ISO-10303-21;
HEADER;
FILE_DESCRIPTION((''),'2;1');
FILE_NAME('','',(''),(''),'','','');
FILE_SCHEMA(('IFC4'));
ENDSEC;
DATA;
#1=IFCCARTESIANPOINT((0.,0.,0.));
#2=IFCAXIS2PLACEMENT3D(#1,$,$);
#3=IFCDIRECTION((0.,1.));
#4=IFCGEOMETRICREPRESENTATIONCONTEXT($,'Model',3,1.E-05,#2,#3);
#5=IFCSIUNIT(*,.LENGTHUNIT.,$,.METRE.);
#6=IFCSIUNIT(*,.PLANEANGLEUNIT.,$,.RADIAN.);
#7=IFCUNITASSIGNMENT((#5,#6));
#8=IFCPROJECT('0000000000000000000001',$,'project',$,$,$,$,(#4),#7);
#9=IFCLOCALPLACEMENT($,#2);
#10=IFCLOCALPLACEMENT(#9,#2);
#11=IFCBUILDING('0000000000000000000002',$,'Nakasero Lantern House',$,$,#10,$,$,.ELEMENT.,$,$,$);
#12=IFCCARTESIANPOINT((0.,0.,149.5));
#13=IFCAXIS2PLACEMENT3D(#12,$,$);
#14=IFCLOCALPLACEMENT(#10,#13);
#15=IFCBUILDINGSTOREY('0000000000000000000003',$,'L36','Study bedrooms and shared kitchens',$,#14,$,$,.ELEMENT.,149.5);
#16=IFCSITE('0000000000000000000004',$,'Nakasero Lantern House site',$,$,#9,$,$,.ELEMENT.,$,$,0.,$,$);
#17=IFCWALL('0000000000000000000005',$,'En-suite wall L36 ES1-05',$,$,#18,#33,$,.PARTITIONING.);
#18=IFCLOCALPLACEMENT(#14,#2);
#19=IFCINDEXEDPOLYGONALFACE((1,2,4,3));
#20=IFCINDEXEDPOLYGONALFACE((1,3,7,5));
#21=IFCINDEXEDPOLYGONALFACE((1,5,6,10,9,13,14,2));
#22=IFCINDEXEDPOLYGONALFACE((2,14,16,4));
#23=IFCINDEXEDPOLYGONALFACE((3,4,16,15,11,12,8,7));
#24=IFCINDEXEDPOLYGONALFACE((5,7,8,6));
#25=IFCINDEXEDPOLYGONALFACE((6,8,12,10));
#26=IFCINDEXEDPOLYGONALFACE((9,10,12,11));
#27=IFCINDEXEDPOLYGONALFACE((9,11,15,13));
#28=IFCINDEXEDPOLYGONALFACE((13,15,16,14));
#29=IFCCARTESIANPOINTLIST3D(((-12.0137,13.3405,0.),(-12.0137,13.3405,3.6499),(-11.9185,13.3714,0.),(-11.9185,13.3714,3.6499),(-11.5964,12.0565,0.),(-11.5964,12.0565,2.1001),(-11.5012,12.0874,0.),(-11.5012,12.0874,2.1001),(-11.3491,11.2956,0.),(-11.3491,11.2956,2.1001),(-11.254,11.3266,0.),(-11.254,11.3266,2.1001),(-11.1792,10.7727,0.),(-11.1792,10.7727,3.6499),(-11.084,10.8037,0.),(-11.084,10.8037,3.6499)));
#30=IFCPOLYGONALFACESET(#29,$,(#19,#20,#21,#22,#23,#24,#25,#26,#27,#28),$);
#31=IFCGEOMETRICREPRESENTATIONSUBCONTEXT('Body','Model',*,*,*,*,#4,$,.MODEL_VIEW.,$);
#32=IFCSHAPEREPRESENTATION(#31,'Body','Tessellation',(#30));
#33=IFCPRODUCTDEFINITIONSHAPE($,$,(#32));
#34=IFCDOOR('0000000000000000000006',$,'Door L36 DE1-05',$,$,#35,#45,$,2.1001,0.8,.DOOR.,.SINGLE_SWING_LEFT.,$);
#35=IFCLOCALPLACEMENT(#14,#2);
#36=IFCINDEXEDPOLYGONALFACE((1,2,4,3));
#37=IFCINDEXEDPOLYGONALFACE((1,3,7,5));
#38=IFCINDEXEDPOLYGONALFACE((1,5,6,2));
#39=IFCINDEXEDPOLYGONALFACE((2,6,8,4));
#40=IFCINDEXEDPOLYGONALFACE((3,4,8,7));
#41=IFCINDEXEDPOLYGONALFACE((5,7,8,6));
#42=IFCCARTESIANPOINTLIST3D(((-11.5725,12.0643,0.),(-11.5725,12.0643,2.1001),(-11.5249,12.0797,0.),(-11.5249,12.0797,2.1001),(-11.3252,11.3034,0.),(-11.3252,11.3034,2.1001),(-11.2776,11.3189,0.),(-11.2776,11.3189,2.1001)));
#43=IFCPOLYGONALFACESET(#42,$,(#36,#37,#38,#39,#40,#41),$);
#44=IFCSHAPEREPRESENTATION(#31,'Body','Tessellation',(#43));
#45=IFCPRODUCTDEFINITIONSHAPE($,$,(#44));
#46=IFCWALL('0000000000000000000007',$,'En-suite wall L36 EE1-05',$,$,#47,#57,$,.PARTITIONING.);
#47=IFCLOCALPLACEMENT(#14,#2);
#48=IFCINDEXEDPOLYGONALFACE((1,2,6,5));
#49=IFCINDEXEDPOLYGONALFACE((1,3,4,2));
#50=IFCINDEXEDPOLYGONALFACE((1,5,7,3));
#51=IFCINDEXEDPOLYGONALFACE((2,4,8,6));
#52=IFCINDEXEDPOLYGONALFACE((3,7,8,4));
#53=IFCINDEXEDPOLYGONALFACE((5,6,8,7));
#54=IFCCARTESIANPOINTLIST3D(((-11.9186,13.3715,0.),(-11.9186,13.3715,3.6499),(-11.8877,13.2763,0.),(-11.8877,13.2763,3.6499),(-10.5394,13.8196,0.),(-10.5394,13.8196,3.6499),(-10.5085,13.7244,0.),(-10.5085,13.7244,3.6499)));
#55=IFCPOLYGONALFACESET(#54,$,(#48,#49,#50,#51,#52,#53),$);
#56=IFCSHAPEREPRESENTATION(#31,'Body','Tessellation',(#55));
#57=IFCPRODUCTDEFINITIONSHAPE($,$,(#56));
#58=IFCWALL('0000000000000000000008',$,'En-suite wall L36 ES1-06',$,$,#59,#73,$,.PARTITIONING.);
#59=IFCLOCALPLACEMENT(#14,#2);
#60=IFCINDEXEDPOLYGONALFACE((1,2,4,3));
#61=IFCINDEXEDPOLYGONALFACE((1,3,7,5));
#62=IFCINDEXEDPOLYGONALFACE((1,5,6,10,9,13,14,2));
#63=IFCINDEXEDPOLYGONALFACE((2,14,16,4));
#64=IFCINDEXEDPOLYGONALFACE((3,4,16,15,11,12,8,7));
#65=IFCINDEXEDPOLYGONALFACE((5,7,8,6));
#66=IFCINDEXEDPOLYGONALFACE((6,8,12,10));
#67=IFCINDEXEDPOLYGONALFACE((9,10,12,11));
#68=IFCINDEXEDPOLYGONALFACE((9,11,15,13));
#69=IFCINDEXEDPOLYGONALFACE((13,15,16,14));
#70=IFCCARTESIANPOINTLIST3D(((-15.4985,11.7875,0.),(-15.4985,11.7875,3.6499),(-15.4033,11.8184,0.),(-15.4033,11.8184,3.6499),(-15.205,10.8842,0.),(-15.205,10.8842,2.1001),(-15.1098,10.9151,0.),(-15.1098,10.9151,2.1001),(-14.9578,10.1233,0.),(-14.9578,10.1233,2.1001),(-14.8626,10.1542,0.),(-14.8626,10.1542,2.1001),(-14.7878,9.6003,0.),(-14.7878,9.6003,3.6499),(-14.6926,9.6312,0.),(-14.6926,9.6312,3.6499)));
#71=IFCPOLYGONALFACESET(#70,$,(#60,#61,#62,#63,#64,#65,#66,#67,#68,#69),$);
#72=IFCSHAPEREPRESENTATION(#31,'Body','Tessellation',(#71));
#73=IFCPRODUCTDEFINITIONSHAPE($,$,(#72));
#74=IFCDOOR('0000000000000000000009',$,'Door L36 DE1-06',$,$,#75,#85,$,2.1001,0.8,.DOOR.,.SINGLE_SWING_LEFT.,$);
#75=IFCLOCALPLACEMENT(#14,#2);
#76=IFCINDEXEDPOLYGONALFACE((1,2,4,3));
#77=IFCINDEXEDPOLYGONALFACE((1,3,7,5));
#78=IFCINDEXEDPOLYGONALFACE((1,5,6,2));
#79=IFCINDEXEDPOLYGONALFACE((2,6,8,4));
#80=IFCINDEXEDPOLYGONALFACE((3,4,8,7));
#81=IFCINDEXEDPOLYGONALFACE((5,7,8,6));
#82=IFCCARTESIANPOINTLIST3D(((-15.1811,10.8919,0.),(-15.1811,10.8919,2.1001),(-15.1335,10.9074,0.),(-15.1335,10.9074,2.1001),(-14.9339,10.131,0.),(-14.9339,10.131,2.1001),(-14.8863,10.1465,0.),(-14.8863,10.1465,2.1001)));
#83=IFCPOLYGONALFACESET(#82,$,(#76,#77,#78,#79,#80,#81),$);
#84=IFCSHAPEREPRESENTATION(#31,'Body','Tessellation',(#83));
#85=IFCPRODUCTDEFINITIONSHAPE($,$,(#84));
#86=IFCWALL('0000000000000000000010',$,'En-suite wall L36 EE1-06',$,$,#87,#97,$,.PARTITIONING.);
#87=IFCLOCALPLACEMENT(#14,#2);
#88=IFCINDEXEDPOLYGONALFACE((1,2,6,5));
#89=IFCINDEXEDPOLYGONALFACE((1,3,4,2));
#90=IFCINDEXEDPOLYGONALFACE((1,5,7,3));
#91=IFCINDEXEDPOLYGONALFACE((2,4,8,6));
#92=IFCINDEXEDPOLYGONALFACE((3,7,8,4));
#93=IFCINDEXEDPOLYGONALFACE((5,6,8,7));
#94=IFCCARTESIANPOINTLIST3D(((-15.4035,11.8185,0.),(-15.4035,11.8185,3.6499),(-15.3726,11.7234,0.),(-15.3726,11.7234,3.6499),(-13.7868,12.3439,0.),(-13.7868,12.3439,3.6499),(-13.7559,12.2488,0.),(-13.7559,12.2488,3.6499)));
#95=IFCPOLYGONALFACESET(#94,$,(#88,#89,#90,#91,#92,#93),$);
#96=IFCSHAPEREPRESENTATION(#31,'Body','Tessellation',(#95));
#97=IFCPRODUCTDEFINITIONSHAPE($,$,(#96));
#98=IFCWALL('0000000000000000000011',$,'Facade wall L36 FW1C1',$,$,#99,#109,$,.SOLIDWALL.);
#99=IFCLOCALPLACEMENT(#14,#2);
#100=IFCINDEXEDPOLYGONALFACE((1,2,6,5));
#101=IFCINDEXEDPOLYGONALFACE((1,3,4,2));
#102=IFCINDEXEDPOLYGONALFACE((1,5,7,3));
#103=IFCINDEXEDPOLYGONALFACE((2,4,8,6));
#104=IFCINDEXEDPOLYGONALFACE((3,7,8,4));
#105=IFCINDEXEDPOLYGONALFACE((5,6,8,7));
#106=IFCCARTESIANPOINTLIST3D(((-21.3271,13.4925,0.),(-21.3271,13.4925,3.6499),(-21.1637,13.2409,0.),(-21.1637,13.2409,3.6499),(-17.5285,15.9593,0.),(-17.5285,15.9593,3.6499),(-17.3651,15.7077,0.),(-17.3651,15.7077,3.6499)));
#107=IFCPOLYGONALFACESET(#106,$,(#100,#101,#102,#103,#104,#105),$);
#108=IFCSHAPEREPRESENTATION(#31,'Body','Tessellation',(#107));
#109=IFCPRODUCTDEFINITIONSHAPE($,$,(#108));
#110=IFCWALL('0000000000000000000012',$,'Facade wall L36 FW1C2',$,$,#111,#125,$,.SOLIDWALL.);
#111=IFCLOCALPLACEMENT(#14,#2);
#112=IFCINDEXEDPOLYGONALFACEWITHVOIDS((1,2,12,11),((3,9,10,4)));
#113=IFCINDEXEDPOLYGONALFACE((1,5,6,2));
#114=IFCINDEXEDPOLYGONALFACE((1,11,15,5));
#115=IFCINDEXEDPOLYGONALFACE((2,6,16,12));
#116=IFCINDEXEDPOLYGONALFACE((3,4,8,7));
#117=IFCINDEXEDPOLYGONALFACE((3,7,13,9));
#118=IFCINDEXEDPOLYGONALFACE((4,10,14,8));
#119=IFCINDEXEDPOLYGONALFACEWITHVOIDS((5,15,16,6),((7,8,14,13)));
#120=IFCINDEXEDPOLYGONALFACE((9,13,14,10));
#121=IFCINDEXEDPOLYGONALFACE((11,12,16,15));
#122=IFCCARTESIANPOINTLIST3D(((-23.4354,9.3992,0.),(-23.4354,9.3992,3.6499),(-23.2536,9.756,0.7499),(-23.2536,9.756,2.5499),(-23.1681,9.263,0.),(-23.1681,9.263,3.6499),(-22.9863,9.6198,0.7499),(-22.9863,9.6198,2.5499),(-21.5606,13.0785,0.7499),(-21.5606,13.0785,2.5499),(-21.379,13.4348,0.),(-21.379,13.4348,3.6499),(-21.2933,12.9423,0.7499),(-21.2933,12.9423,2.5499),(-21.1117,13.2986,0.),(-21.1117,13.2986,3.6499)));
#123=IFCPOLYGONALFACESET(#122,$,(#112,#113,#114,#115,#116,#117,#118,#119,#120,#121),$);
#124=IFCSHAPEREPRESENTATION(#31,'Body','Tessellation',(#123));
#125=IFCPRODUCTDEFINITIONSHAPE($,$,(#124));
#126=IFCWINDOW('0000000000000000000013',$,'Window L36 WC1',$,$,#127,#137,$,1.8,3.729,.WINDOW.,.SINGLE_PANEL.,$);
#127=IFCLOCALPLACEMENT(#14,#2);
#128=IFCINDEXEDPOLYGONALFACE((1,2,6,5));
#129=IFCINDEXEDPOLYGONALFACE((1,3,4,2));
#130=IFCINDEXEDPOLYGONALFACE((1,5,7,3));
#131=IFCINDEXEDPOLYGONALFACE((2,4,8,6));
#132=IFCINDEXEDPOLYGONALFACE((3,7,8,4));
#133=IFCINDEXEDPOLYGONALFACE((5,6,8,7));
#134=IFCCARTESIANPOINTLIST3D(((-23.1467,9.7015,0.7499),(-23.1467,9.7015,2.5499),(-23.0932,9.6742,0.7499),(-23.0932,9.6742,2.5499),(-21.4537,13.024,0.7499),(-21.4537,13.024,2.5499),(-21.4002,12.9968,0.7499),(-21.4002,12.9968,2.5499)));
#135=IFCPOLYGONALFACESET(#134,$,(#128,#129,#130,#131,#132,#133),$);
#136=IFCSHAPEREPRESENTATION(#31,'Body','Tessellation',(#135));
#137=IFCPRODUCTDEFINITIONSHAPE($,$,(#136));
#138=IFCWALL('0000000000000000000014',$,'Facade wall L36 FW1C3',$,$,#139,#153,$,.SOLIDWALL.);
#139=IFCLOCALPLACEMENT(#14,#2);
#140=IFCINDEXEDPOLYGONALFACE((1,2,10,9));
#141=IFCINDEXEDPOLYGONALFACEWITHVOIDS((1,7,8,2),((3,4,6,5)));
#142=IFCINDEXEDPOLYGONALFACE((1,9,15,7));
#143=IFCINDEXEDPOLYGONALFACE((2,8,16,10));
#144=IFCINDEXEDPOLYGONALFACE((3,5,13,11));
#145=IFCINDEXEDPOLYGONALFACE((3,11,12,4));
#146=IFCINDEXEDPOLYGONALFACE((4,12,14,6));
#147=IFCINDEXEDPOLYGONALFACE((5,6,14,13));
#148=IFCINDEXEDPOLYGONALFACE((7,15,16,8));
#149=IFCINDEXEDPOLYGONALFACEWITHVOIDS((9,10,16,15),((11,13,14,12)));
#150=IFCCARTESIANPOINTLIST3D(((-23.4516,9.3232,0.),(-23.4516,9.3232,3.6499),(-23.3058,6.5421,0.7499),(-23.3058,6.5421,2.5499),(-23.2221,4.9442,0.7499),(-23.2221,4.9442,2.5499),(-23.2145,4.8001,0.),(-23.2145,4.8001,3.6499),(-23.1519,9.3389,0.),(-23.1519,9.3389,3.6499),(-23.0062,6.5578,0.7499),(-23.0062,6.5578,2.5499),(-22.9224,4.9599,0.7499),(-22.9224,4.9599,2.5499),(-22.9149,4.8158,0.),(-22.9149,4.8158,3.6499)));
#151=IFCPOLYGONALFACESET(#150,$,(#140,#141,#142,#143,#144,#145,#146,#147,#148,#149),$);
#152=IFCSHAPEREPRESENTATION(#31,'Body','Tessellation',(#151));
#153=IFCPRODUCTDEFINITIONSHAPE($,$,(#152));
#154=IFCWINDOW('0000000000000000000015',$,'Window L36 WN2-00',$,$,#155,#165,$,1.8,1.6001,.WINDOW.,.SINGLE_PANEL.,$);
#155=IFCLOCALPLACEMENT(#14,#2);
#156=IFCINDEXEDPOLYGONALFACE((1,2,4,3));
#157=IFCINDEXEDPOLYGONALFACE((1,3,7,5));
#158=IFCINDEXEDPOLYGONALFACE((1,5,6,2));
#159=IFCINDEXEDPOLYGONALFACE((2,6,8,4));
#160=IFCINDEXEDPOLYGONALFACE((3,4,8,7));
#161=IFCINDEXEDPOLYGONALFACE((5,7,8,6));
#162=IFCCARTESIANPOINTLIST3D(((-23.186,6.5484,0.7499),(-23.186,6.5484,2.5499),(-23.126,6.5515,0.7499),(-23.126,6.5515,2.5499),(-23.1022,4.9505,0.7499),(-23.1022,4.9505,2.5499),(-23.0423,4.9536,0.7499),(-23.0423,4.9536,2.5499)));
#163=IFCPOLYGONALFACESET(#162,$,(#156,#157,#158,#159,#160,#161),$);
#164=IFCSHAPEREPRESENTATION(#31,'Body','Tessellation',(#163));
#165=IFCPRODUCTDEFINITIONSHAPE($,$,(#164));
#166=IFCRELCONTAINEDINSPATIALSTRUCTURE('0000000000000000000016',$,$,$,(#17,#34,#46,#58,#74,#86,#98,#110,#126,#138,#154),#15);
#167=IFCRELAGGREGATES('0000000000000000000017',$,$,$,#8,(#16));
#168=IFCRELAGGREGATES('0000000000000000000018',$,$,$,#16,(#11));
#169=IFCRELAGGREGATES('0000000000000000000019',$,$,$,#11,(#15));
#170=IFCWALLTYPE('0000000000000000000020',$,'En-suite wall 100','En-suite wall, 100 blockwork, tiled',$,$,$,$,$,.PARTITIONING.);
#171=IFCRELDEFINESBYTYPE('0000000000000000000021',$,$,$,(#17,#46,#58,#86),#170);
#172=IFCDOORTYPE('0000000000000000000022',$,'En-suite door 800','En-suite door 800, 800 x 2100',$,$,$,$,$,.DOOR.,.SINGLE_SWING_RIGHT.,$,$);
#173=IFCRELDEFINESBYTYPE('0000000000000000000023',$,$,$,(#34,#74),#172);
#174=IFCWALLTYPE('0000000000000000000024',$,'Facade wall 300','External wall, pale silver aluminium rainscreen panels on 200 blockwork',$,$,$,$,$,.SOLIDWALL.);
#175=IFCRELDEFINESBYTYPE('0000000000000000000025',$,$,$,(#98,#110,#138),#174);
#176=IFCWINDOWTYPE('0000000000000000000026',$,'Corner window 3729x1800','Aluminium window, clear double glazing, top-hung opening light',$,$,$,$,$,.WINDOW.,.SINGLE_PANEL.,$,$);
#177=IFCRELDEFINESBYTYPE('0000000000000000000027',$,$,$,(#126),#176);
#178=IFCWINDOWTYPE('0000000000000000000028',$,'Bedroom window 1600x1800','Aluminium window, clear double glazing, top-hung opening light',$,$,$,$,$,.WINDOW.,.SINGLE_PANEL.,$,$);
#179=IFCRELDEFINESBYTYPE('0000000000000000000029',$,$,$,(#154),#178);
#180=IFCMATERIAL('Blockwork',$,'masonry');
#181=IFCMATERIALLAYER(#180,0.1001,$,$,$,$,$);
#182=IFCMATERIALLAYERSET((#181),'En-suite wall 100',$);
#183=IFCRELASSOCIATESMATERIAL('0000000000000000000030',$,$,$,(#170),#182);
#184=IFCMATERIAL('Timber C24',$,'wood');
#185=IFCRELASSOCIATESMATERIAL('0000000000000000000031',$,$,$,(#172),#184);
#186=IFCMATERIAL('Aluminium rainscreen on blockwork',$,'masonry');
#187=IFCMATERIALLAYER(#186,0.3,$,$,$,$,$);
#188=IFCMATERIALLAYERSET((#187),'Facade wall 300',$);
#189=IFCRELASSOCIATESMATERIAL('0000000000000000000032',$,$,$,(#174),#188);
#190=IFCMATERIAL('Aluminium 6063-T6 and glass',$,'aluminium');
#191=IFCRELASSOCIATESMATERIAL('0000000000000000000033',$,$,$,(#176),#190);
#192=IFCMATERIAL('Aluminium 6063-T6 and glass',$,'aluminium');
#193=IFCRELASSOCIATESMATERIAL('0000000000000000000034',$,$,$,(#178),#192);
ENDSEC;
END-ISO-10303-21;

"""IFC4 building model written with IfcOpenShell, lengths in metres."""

from ifc_helpers import new_model, si_unit, direction, frame, frame_2d, origin, place, context, subcontext, project, spatial, rectangle, extrude, material, layer, layer_set, type_object, element, fill, save


model = new_model("IFC4")

# Units and contexts
model_context = context("Model", 3, precision=1e-05, world=origin(), true_north=direction((0.0, 1.0)))
body_context = subcontext(model_context, "Body", "Model", "MODEL_VIEW")
ifc_project = project(units=[si_unit("LENGTHUNIT", "METRE"), si_unit("PLANEANGLEUNIT", "RADIAN")], contexts=[model_context])

# Site, building, storey
site_placement = place(None, origin())
site = spatial("IfcSite", under=ifc_project, at=site_placement, Name="Nakasero Lantern House site", CompositionType="ELEMENT", RefElevation=0.0)
building_placement = place(site_placement, origin())
building = spatial("IfcBuilding", under=site, at=building_placement, Name="Nakasero Lantern House", CompositionType="ELEMENT")
storey_placement = place(building_placement, frame((0.0, 0.0, 149.5)))
storey = spatial("IfcBuildingStorey", under=building, at=storey_placement, Name="L36", Description="Study bedrooms and shared kitchens", CompositionType="ELEMENT", Elevation=149.5)

# Wall, opening, door
ifc_material_1 = material(Name="Blockwork", Category="masonry")
ifc_layer_1 = layer(ifc_material_1, 0.1001)
ifc_layer_set_1 = layer_set([ifc_layer_1], Name="En-suite wall 100")
wall_type_1 = type_object("IfcWallType", Name="En-suite wall 100", Description="En-suite wall, 100 blockwork, tiled", PredefinedType="PARTITIONING", material=ifc_layer_set_1)
wall_1_placement = place(storey_placement, frame((-11.1316, 10.7881, 0.0), z_axis=(0.0, 0.0, 1.0), x_axis=(-0.309057, 0.951043, 0.0)))
wall_1 = element("IfcWall", 1, at=wall_1_placement, inside=storey, type_object=wall_type_1, Name="En-suite wall L36 ES1-05", PredefinedType="PARTITIONING", context=body_context, shape_type="SweptSolid", body=[
    extrude(rectangle(XDim=2.7, YDim=0.1001, at=frame_2d((1.3501, 0.0))), origin(), (0.0, 0.0, 1.0), 3.6499),
])
opening_1_placement = place(wall_1_placement, frame((0.55, 0.0, 0.0)))
opening_1 = element("IfcOpeningElement", 2, at=opening_1_placement, cuts=wall_1, PredefinedType="OPENING", context=body_context, shape_type="SweptSolid", body=[
    extrude(rectangle(XDim=0.8, YDim=2.1001, at=frame_2d((0.3999, 1.05))), frame((0.0, 0.0701, 0.0), z_axis=(0.0, -1.0, 0.0), x_axis=(1.0, 0.0, 0.0)), (0.0, 0.0, 1.0), 0.1401),
])
ifc_material_2 = material(Name="Timber C24", Category="wood")
door_type = type_object("IfcDoorType", Name="En-suite door 800", Description="En-suite door 800, 800 x 2100", OperationType="SINGLE_SWING_RIGHT", PredefinedType="DOOR", material=ifc_material_2)
door_1_placement = place(opening_1_placement, origin())
door_1 = element("IfcDoor", 3, at=door_1_placement, inside=storey, type_object=door_type, Name="Door L36 DE1-05", OperationType="SINGLE_SWING_LEFT", OverallHeight=2.1001, OverallWidth=0.8, PredefinedType="DOOR", context=body_context, shape_type="SweptSolid", body=[
    extrude(rectangle(XDim=0.8, YDim=2.1001, at=frame_2d((0.3999, 1.05))), frame((0.0, 0.0249, 0.0), z_axis=(0.0, -1.0, 0.0), x_axis=(1.0, 0.0, 0.0)), (0.0, 0.0, 1.0), 0.05),
])
fill(opening_1, door_1)

# Wall
wall_2_placement = place(storey_placement, frame((-10.5239, 13.772, 0.0), z_axis=(0.0, 0.0, 1.0), x_axis=(-0.95108, -0.308945, 0.0)))
element("IfcWall", 4, at=wall_2_placement, inside=storey, type_object=wall_type_1, Name="En-suite wall L36 EE1-05", PredefinedType="PARTITIONING", context=body_context, shape_type="SweptSolid", body=[
    extrude(rectangle(XDim=1.4502, YDim=0.1001, at=frame_2d((0.7251, 0.0))), origin(), (0.0, 0.0, 1.0), 3.6499),
])

# Wall, opening, door
wall_3_placement = place(storey_placement, frame((-14.7402, 9.6157, 0.0), z_axis=(0.0, 0.0, 1.0), x_axis=(-0.309021, 0.951055, 0.0)))
wall_3 = element("IfcWall", 5, at=wall_3_placement, inside=storey, type_object=wall_type_1, Name="En-suite wall L36 ES1-06", PredefinedType="PARTITIONING", context=body_context, shape_type="SweptSolid", body=[
    extrude(rectangle(XDim=2.2998, YDim=0.1001, at=frame_2d((1.1499, 0.0))), origin(), (0.0, 0.0, 1.0), 3.6499),
])
opening_2_placement = place(wall_3_placement, frame((0.55, 0.0, 0.0)))
opening_2 = element("IfcOpeningElement", 6, at=opening_2_placement, cuts=wall_3, PredefinedType="OPENING", context=body_context, shape_type="SweptSolid", body=[
    extrude(rectangle(XDim=0.8, YDim=2.1001, at=frame_2d((0.3999, 1.05))), frame((0.0, 0.0701, 0.0), z_axis=(0.0, -1.0, 0.0), x_axis=(1.0, 0.0, 0.0)), (0.0, 0.0, 1.0), 0.1401),
])
door_2_placement = place(opening_2_placement, origin())
door_2 = element("IfcDoor", 7, at=door_2_placement, inside=storey, type_object=door_type, Name="Door L36 DE1-06", OperationType="SINGLE_SWING_LEFT", OverallHeight=2.1001, OverallWidth=0.8, PredefinedType="DOOR", context=body_context, shape_type="SweptSolid", body=[
    extrude(rectangle(XDim=0.8, YDim=2.1001, at=frame_2d((0.3999, 1.05))), frame((0.0, 0.0249, 0.0), z_axis=(0.0, -1.0, 0.0), x_axis=(1.0, 0.0, 0.0)), (0.0, 0.0, 1.0), 0.05),
])
fill(opening_2, door_2)

# Walls
wall_4_placement = place(storey_placement, frame((-13.7712, 12.2964, 0.0), z_axis=(0.0, 0.0, 1.0), x_axis=(-0.95104, -0.309067, 0.0)))
element("IfcWall", 8, at=wall_4_placement, inside=storey, type_object=wall_type_1, Name="En-suite wall L36 EE1-06", PredefinedType="PARTITIONING", context=body_context, shape_type="SweptSolid", body=[
    extrude(rectangle(XDim=1.7, YDim=0.1001, at=frame_2d((0.8501, 0.0))), origin(), (0.0, 0.0, 1.0), 3.6499),
])
ifc_material_3 = material(Name="Aluminium rainscreen on blockwork", Category="masonry")
ifc_layer_2 = layer(ifc_material_3, 0.3)
ifc_layer_set_2 = layer_set([ifc_layer_2], Name="Facade wall 300")
wall_type_2 = type_object("IfcWallType", Name="Facade wall 300", Description="External wall, pale silver aluminium rainscreen panels on 200 blockwork", PredefinedType="SOLIDWALL", material=ifc_layer_set_2)
wall_5_placement = place(storey_placement, frame((-17.4468, 15.8335, 0.0), z_axis=(0.0, 0.0, 1.0), x_axis=(-0.838674, -0.544634, 0.0)))
element("IfcWall", 9, at=wall_5_placement, inside=storey, type_object=wall_type_2, Name="Facade wall L36 FW1C1", PredefinedType="SOLIDWALL", context=body_context, shape_type="SweptSolid", body=[
    extrude(rectangle(XDim=4.5293, YDim=0.3, at=frame_2d((2.2646, 0.0))), origin(), (0.0, 0.0, 1.0), 3.6499),
])

# Walls, openings, windows
wall_6_placement = place(storey_placement, frame((-21.2454, 13.3667, 0.0), z_axis=(0.0, 0.0, 1.0), x_axis=(-0.454014, -0.890995, 0.0)))
wall_6 = element("IfcWall", 10, at=wall_6_placement, inside=storey, type_object=wall_type_2, Name="Facade wall L36 FW1C2", PredefinedType="SOLIDWALL", context=body_context, shape_type="SweptSolid", body=[
    extrude(rectangle(XDim=4.5293, YDim=0.3, at=frame_2d((2.2646, 0.0))), origin(), (0.0, 0.0, 1.0), 3.6499),
])
opening_3_placement = place(wall_6_placement, frame((0.3999, 0.0, 0.75)))
opening_3 = element("IfcOpeningElement", 11, at=opening_3_placement, cuts=wall_6, PredefinedType="OPENING", context=body_context, shape_type="SweptSolid", body=[
    extrude(rectangle(XDim=3.729, YDim=1.8, at=frame_2d((1.8645, 0.8999))), frame((0.0, 0.1699, 0.0), z_axis=(0.0, -1.0, 0.0), x_axis=(1.0, 0.0, 0.0)), (0.0, 0.0, 1.0), 0.3401),
])
ifc_material_4 = material(Name="Aluminium 6063-T6 and glass", Category="aluminium")
window_type_1 = type_object("IfcWindowType", Name="Corner window 3729x1800", Description="Aluminium window, clear double glazing, top-hung opening light", PartitioningType="SINGLE_PANEL", PredefinedType="WINDOW", material=ifc_material_4)
window_1_placement = place(opening_3_placement, origin())
window_1 = element("IfcWindow", 12, at=window_1_placement, inside=storey, type_object=window_type_1, Name="Window L36 WC1", OverallHeight=1.8, OverallWidth=3.729, PartitioningType="SINGLE_PANEL", PredefinedType="WINDOW", context=body_context, shape_type="SweptSolid", body=[
    extrude(rectangle(XDim=3.729, YDim=1.8, at=frame_2d((1.8645, 0.8999))), frame((0.0, 0.03, 0.0), z_axis=(0.0, -1.0, 0.0), x_axis=(1.0, 0.0, 0.0)), (0.0, 0.0, 1.0), 0.0601),
])
fill(opening_3, window_1)
wall_7_placement = place(storey_placement, frame((-23.3018, 9.3311, 0.0), z_axis=(0.0, 0.0, 1.0), x_axis=(0.052338, -0.998629, 0.0)))
wall_7 = element("IfcWall", 13, at=wall_7_placement, inside=storey, type_object=wall_type_2, Name="Facade wall L36 FW1C3", PredefinedType="SOLIDWALL", context=body_context, shape_type="SweptSolid", body=[
    extrude(rectangle(XDim=4.5293, YDim=0.3, at=frame_2d((2.2646, 0.0))), origin(), (0.0, 0.0, 1.0), 3.6499),
])
opening_4_placement = place(wall_7_placement, frame((2.7849, 0.0, 0.75)))
opening_4 = element("IfcOpeningElement", 14, at=opening_4_placement, cuts=wall_7, PredefinedType="OPENING", context=body_context, shape_type="SweptSolid", body=[
    extrude(rectangle(XDim=1.6001, YDim=1.8, at=frame_2d((0.8, 0.8999))), frame((0.0, 0.1699, 0.0), z_axis=(0.0, -1.0, 0.0), x_axis=(1.0, 0.0, 0.0)), (0.0, 0.0, 1.0), 0.3401),
])
ifc_material_5 = material(Name="Aluminium 6063-T6 and glass", Category="aluminium")
window_type_2 = type_object("IfcWindowType", Name="Bedroom window 1600x1800", Description="Aluminium window, clear double glazing, top-hung opening light", PartitioningType="SINGLE_PANEL", PredefinedType="WINDOW", material=ifc_material_5)
window_2_placement = place(opening_4_placement, origin())
window_2 = element("IfcWindow", 15, at=window_2_placement, inside=storey, type_object=window_type_2, Name="Window L36 WN2-00", OverallHeight=1.8, OverallWidth=1.6001, PartitioningType="SINGLE_PANEL", PredefinedType="WINDOW", context=body_context, shape_type="SweptSolid", body=[
    extrude(rectangle(XDim=1.6001, YDim=1.8, at=frame_2d((0.8, 0.8999))), frame((0.0, 0.03, 0.0), z_axis=(0.0, -1.0, 0.0), x_axis=(1.0, 0.0, 0.0)), (0.0, 0.0, 1.0), 0.0601),
])
fill(opening_4, window_2)

save(model, "model.ifc")
